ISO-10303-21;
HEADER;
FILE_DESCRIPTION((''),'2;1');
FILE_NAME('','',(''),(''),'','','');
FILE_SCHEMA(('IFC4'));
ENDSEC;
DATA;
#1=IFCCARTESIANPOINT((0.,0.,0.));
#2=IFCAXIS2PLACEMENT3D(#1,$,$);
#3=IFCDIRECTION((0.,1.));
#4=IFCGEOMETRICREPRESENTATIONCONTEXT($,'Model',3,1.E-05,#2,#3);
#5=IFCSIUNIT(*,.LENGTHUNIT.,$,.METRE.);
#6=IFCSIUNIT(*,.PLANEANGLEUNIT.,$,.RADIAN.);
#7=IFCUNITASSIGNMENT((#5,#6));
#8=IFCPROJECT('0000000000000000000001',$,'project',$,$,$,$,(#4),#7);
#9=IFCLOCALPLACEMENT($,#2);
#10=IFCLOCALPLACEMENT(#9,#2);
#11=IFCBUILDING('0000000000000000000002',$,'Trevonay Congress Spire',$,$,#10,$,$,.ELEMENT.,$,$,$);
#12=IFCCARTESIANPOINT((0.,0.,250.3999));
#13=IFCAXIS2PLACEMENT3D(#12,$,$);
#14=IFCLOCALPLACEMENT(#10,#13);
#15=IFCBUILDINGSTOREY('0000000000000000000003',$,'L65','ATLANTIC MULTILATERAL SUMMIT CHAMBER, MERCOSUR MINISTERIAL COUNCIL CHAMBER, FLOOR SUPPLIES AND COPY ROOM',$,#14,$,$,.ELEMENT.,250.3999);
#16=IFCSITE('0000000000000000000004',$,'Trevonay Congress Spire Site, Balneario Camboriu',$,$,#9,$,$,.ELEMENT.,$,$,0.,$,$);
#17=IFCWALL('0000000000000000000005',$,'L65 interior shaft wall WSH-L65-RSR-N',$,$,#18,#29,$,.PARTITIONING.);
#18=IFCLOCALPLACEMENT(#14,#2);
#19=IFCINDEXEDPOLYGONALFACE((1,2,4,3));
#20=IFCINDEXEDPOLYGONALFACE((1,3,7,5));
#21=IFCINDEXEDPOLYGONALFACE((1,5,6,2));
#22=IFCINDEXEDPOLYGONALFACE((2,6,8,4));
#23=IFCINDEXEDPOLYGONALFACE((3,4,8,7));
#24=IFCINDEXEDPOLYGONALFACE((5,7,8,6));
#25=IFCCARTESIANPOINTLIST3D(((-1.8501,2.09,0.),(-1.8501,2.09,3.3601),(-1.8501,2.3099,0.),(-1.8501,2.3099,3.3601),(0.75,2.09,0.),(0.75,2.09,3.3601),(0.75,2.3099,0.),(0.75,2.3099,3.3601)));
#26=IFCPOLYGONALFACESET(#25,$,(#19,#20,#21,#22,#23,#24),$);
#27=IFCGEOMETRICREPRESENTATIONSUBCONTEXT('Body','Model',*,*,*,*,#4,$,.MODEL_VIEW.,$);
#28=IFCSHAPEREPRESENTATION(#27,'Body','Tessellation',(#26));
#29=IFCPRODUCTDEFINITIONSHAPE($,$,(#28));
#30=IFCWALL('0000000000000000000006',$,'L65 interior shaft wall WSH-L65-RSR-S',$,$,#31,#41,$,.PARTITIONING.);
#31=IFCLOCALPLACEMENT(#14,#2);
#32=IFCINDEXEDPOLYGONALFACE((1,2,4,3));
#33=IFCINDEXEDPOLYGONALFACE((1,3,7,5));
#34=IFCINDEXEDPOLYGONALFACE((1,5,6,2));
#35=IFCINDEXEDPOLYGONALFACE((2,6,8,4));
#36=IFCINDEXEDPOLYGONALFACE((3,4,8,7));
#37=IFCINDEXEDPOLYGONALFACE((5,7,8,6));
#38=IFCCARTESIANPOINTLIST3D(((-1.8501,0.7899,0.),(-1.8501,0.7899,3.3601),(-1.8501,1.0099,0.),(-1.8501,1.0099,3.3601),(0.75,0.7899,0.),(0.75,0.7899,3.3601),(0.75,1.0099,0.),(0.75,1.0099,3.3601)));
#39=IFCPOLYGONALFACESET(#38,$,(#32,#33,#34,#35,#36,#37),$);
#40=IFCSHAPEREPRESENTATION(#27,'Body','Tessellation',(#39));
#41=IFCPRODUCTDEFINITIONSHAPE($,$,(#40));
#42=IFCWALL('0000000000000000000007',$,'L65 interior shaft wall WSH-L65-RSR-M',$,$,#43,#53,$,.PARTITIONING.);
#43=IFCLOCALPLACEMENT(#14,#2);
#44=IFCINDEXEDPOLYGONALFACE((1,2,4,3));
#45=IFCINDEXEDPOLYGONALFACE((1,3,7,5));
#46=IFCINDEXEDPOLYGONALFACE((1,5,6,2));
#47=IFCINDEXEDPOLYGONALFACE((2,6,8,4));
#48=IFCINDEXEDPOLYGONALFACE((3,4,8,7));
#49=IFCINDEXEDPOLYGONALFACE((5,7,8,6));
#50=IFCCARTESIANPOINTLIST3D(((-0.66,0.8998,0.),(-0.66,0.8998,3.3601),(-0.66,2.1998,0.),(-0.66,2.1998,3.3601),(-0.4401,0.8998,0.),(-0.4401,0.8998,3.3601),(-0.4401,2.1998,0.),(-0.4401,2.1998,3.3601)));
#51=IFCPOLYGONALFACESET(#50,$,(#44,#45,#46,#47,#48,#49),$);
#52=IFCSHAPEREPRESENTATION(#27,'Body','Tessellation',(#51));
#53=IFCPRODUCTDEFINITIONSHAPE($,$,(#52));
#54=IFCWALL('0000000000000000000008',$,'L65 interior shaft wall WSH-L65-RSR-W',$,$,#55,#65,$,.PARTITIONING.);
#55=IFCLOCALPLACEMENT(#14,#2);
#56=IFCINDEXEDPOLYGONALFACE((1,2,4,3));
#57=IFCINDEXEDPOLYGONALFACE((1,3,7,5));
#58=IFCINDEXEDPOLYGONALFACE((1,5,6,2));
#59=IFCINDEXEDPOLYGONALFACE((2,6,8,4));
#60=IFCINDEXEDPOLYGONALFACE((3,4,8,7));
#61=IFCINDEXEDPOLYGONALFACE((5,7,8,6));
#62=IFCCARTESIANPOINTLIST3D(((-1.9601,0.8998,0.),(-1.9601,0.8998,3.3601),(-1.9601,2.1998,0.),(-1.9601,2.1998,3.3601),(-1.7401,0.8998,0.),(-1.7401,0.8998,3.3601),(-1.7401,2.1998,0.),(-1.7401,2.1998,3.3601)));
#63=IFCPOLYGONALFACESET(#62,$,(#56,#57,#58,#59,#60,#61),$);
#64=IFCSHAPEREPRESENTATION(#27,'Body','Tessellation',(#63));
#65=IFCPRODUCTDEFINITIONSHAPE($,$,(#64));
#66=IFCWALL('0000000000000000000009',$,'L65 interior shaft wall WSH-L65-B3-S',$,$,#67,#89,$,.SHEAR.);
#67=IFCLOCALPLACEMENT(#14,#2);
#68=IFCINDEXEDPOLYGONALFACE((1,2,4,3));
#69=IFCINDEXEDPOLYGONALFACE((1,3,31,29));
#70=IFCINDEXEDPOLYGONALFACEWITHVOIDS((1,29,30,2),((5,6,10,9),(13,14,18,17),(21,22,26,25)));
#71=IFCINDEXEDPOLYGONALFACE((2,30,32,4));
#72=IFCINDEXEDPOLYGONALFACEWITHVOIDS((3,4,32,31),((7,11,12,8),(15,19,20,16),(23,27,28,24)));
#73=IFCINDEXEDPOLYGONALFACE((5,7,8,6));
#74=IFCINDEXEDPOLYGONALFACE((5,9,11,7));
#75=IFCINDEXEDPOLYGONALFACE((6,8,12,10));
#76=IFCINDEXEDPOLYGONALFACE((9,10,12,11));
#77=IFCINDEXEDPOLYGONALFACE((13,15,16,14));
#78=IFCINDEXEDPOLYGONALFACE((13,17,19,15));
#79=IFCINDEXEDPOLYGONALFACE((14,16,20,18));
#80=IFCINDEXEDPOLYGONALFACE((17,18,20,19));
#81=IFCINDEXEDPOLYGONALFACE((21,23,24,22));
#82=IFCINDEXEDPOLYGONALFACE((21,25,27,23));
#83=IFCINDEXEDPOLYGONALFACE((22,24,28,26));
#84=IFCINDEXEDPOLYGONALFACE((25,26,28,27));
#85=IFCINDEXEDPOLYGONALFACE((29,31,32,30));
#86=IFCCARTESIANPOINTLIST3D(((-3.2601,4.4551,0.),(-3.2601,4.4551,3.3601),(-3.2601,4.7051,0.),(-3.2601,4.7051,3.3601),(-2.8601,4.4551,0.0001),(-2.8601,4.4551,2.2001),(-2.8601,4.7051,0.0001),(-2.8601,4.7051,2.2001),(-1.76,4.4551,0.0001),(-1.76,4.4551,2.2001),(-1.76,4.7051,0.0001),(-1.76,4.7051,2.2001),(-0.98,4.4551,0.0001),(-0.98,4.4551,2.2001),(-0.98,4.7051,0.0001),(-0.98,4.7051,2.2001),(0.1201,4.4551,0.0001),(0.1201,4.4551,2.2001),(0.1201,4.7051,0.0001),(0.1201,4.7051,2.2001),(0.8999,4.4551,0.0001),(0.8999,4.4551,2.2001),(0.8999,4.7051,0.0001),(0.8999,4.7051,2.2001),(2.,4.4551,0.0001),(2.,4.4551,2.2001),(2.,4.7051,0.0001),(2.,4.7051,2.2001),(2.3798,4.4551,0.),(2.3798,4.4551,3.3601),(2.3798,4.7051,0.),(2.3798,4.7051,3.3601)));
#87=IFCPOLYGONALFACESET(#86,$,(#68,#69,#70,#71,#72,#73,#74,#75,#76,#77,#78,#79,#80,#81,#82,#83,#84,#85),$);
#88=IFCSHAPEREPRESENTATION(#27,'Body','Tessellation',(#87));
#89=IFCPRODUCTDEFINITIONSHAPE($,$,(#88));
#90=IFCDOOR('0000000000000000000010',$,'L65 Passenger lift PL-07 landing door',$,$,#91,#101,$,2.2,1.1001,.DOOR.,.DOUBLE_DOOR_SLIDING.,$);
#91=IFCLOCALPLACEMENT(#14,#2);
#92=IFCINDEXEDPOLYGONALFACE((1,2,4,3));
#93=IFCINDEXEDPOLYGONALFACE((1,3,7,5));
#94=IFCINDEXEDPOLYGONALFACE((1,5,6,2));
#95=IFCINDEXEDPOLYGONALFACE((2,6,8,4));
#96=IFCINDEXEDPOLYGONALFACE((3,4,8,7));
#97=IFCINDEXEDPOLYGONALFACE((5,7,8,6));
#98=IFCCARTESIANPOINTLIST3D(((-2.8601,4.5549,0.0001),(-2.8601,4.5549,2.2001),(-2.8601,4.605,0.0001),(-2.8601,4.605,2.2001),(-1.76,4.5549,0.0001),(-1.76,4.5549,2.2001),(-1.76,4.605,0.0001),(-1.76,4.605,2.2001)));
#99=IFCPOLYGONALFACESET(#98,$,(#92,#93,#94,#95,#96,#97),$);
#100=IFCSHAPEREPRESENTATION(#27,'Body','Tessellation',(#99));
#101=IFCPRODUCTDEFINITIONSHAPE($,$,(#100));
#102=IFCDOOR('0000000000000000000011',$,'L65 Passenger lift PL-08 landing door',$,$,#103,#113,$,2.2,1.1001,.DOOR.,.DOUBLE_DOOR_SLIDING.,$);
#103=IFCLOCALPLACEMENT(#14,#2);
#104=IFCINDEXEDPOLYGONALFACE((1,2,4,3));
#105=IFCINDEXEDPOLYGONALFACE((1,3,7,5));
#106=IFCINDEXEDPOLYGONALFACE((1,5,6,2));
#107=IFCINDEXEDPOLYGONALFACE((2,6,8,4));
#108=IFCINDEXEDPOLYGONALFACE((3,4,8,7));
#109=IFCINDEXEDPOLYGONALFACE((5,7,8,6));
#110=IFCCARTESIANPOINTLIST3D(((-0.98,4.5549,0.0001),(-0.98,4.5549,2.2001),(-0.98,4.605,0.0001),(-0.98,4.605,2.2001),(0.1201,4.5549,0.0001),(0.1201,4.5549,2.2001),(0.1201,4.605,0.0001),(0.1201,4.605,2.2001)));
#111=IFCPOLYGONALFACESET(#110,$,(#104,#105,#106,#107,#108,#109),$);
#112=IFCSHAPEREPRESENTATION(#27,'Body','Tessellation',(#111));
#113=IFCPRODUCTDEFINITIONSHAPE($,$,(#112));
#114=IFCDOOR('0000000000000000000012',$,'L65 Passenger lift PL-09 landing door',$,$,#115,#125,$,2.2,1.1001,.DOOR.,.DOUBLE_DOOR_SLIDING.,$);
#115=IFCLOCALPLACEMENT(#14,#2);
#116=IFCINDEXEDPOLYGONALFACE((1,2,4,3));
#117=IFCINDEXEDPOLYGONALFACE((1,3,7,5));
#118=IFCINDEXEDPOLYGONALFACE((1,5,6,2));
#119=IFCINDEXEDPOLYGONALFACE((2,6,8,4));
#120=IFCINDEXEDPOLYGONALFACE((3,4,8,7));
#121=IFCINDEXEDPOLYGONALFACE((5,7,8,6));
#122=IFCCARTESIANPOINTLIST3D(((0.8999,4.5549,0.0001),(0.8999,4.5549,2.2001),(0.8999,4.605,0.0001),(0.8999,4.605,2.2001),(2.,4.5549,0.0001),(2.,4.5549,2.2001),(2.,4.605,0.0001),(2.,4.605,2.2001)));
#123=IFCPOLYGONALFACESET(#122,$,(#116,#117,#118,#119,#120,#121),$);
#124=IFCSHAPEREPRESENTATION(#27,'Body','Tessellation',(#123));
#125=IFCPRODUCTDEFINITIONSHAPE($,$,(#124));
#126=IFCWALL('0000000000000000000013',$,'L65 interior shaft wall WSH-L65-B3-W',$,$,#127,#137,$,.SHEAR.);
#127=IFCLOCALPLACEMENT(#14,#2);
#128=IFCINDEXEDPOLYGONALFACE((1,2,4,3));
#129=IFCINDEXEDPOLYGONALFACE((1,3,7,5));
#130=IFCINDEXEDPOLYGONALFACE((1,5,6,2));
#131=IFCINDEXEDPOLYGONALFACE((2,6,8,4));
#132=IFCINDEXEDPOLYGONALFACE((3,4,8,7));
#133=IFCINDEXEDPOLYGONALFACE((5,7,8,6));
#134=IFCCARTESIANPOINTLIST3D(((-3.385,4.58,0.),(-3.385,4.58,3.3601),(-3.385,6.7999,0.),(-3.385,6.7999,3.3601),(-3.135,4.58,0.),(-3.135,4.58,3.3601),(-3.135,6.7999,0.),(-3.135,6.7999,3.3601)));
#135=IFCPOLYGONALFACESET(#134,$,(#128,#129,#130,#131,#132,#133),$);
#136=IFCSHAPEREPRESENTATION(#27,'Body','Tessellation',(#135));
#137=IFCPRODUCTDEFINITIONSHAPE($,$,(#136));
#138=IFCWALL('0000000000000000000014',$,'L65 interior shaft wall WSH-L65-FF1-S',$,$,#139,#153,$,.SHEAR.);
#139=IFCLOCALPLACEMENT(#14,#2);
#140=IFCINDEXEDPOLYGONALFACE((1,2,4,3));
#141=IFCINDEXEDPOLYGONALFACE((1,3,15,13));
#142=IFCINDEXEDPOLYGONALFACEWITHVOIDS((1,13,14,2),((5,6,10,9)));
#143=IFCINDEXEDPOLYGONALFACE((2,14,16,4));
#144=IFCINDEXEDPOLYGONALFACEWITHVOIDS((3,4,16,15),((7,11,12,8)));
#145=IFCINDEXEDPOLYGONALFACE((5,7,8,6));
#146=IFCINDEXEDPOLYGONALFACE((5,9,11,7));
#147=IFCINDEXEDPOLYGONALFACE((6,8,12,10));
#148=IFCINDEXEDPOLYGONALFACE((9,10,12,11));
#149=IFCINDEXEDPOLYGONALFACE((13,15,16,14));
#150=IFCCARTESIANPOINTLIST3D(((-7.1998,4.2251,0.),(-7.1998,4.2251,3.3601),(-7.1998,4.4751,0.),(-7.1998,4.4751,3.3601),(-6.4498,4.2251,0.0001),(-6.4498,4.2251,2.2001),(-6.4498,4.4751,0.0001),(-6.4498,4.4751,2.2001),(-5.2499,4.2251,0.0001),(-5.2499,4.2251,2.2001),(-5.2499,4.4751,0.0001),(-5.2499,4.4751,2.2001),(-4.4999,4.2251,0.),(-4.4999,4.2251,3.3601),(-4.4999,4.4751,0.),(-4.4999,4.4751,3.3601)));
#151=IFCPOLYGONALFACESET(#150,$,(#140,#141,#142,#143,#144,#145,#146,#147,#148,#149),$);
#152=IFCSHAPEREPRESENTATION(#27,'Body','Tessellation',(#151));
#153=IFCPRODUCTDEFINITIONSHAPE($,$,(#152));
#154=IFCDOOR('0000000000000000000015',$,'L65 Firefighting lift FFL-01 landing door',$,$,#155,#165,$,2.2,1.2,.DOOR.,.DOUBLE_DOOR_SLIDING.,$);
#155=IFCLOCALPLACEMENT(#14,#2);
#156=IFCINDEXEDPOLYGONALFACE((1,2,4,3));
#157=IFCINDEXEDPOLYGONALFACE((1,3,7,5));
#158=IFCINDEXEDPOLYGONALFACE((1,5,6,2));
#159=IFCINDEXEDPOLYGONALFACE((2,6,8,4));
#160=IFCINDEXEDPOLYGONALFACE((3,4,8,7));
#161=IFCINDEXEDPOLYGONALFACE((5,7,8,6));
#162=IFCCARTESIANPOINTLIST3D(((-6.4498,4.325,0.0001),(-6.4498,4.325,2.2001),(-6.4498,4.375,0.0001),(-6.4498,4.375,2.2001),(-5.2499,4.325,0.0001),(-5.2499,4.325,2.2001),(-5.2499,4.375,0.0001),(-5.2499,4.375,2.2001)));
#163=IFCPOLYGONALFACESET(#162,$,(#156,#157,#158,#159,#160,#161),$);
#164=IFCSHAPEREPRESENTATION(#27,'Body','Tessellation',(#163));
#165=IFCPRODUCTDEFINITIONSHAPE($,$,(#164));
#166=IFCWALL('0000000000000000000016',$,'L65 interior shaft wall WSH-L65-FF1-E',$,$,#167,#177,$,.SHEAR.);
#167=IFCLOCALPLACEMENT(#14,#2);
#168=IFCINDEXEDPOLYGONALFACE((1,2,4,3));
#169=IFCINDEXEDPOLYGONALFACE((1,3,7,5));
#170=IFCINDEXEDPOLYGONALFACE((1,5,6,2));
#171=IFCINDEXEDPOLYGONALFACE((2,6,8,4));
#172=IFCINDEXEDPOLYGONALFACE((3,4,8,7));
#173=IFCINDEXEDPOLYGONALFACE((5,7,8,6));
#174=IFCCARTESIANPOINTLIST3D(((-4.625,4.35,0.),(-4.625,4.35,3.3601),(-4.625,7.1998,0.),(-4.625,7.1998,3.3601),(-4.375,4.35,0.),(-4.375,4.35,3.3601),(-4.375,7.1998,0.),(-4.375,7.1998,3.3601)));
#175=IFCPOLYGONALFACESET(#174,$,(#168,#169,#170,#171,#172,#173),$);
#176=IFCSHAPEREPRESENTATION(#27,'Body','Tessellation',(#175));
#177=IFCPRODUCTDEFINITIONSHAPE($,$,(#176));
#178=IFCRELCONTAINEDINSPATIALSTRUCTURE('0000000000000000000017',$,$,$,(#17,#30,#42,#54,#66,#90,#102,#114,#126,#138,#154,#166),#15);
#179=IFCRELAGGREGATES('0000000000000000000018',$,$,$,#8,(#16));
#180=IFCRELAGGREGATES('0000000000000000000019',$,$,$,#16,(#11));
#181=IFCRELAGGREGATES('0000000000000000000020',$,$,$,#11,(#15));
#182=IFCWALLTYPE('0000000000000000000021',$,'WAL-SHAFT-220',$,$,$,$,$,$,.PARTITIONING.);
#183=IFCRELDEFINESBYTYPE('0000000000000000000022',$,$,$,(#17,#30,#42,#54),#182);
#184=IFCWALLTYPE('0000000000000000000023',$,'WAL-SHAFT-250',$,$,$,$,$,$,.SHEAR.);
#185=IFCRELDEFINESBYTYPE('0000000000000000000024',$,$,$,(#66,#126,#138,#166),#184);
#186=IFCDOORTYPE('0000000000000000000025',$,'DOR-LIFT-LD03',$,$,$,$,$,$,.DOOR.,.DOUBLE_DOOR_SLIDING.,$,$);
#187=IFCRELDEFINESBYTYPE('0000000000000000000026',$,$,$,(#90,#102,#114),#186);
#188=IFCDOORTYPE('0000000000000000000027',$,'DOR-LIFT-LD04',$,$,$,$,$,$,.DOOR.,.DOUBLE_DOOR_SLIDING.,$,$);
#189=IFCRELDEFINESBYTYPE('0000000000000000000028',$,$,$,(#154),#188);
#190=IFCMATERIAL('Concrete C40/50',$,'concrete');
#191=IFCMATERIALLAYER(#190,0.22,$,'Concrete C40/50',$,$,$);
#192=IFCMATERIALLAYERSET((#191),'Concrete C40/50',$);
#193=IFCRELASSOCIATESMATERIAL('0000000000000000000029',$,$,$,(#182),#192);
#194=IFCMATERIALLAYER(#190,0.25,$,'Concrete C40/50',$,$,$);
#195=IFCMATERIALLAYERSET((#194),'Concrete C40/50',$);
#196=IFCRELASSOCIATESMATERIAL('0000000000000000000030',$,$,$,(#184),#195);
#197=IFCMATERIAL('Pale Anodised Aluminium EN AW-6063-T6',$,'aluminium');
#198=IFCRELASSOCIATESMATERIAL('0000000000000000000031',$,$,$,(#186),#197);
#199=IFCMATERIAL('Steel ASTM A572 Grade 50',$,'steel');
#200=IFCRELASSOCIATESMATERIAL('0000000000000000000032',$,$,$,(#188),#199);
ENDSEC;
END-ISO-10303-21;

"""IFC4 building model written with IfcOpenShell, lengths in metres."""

from ifc_helpers import new_model, si_unit, direction, frame, frame_2d, origin, place, context, subcontext, project, spatial, rectangle, extrude, material, layer, layer_set, type_object, element, fill, save


model = new_model("IFC4")

# Units and contexts
model_context = context("Model", 3, precision=1e-05, world=origin(), true_north=direction((0.0, 1.0)))
body_context = subcontext(model_context, "Body", "Model", "MODEL_VIEW")
ifc_project = project(units=[si_unit("LENGTHUNIT", "METRE"), si_unit("PLANEANGLEUNIT", "RADIAN")], contexts=[model_context])

# Site, building, storey
site_placement = place(None, origin())
site = spatial("IfcSite", under=ifc_project, at=site_placement, Name="Trevonay Congress Spire Site, Balneario Camboriu", CompositionType="ELEMENT", RefElevation=0.0)
building_placement = place(site_placement, origin())
building = spatial("IfcBuilding", under=site, at=building_placement, Name="Trevonay Congress Spire", CompositionType="ELEMENT")
storey_placement = place(building_placement, frame((0.0, 0.0, 250.3999)))
storey = spatial("IfcBuildingStorey", under=building, at=storey_placement, Name="L65", Description="ATLANTIC MULTILATERAL SUMMIT CHAMBER, MERCOSUR MINISTERIAL COUNCIL CHAMBER, FLOOR SUPPLIES AND COPY ROOM", CompositionType="ELEMENT", Elevation=250.3999)

# Shared definitions
ifc_material_1 = material(Name="Steel ASTM A572 Grade 50", Category="steel")

# Shared definitions
ifc_material_2 = material(Name="Concrete C40/50", Category="concrete")

# Walls
ifc_layer_1 = layer(ifc_material_2, 0.22, Name="Concrete C40/50")
ifc_layer_set_1 = layer_set([ifc_layer_1], Name="Concrete C40/50")
wall_type_1 = type_object("IfcWallType", Name="WAL-SHAFT-220", PredefinedType="PARTITIONING", material=ifc_layer_set_1)
for number, where, z_axis, x_axis, name in (
    (1, (-1.8501, 2.2, 0.0), (0.0, 0.0, 1.0), (1.0, 0.0, 0.0), "L65 interior shaft wall WSH-L65-RSR-N"),
    (2, (-1.8501, 0.8999, 0.0), (0.0, 0.0, 1.0), (1.0, 0.0, 0.0), "L65 interior shaft wall WSH-L65-RSR-S"),
):
    element("IfcWall", number, at=place(storey_placement, frame(where, z_axis=z_axis, x_axis=x_axis)), inside=storey, type_object=wall_type_1, Name=name, PredefinedType="PARTITIONING", context=body_context, shape_type="SweptSolid", body=[
        extrude(rectangle(XDim=2.6001, YDim=0.22, at=frame_2d((1.3, 0.0))), origin(), (0.0, 0.0, 1.0), 3.3601),
    ])
for number, where, z_axis, x_axis, name in (
    (3, (-0.55, 0.8999, 0.0), (0.0, 0.0, 1.0), (0.0, 1.0, 0.0), "L65 interior shaft wall WSH-L65-RSR-M"),
    (4, (-1.8501, 0.8999, 0.0), (0.0, 0.0, 1.0), (0.0, 1.0, 0.0), "L65 interior shaft wall WSH-L65-RSR-W"),
):
    element("IfcWall", number, at=place(storey_placement, frame(where, z_axis=z_axis, x_axis=x_axis)), inside=storey, type_object=wall_type_1, Name=name, PredefinedType="PARTITIONING", context=body_context, shape_type="SweptSolid", body=[
        extrude(rectangle(XDim=1.3, YDim=0.22, at=frame_2d((0.6499, 0.0))), origin(), (0.0, 0.0, 1.0), 3.3601),
    ])

# Wall, openings, doors
ifc_layer_2 = layer(ifc_material_2, 0.25, Name="Concrete C40/50")
ifc_layer_set_2 = layer_set([ifc_layer_2], Name="Concrete C40/50")
wall_type_2 = type_object("IfcWallType", Name="WAL-SHAFT-250", PredefinedType="SHEAR", material=ifc_layer_set_2)
wall_1_placement = place(storey_placement, frame((-3.26, 4.5801, 0.0), z_axis=(0.0, 0.0, 1.0), x_axis=(1.0, 0.0, 0.0)))
wall_1 = element("IfcWall", 5, at=wall_1_placement, inside=storey, type_object=wall_type_2, Name="L65 interior shaft wall WSH-L65-B3-S", PredefinedType="SHEAR", context=body_context, shape_type="SweptSolid", body=[
    extrude(rectangle(XDim=5.6399, YDim=0.25, at=frame_2d((2.8198, 0.0))), origin(), (0.0, 0.0, 1.0), 3.3601),
])
opening_1_placement = place(wall_1_placement, frame((0.3999, 0.0, 0.0)))
opening_1 = element("IfcOpeningElement", 6, at=opening_1_placement, cuts=wall_1, PredefinedType="OPENING", context=body_context, shape_type="SweptSolid", body=[
    extrude(rectangle(XDim=1.1001, YDim=2.2, at=frame_2d((0.55, 1.1001))), frame((0.0, 0.135, 0.0), z_axis=(0.0, -1.0, 0.0), x_axis=(1.0, 0.0, 0.0)), (0.0, 0.0, 1.0), 0.27),
])
opening_2_placement = place(wall_1_placement, frame((2.28, 0.0, 0.0)))
opening_2 = element("IfcOpeningElement", 7, at=opening_2_placement, cuts=wall_1, PredefinedType="OPENING", context=body_context, shape_type="SweptSolid", body=[
    extrude(rectangle(XDim=1.1001, YDim=2.2, at=frame_2d((0.55, 1.1001))), frame((0.0, 0.135, 0.0), z_axis=(0.0, -1.0, 0.0), x_axis=(1.0, 0.0, 0.0)), (0.0, 0.0, 1.0), 0.27),
])
opening_3_placement = place(wall_1_placement, frame((4.1599, 0.0, 0.0)))
opening_3 = element("IfcOpeningElement", 8, at=opening_3_placement, cuts=wall_1, PredefinedType="OPENING", context=body_context, shape_type="SweptSolid", body=[
    extrude(rectangle(XDim=1.1001, YDim=2.2, at=frame_2d((0.55, 1.1001))), frame((0.0, 0.135, 0.0), z_axis=(0.0, -1.0, 0.0), x_axis=(1.0, 0.0, 0.0)), (0.0, 0.0, 1.0), 0.27),
])
ifc_material_3 = material(Name="Pale Anodised Aluminium EN AW-6063-T6", Category="aluminium")
door_type_1 = type_object("IfcDoorType", Name="DOR-LIFT-LD03", OperationType="DOUBLE_DOOR_SLIDING", PredefinedType="DOOR", material=ifc_material_3)
door_1_placement = place(opening_1_placement, origin())
door_1 = element("IfcDoor", 9, at=door_1_placement, inside=storey, type_object=door_type_1, Name="L65 Passenger lift PL-07 landing door", OperationType="DOUBLE_DOOR_SLIDING", OverallHeight=2.2, OverallWidth=1.1001, PredefinedType="DOOR", context=body_context, shape_type="SweptSolid", body=[
    extrude(rectangle(XDim=1.1001, YDim=2.2, at=frame_2d((0.55, 1.1001))), frame((0.0, 0.0249, 0.0), z_axis=(0.0, -1.0, 0.0), x_axis=(1.0, 0.0, 0.0)), (0.0, 0.0, 1.0), 0.05),
])
fill(opening_1, door_1)
door_2_placement = place(opening_2_placement, origin())
door_2 = element("IfcDoor", 10, at=door_2_placement, inside=storey, type_object=door_type_1, Name="L65 Passenger lift PL-08 landing door", OperationType="DOUBLE_DOOR_SLIDING", OverallHeight=2.2, OverallWidth=1.1001, PredefinedType="DOOR", context=body_context, shape_type="SweptSolid", body=[
    extrude(rectangle(XDim=1.1001, YDim=2.2, at=frame_2d((0.55, 1.1001))), frame((0.0, 0.0249, 0.0), z_axis=(0.0, -1.0, 0.0), x_axis=(1.0, 0.0, 0.0)), (0.0, 0.0, 1.0), 0.05),
])
fill(opening_2, door_2)
door_3_placement = place(opening_3_placement, origin())
door_3 = element("IfcDoor", 11, at=door_3_placement, inside=storey, type_object=door_type_1, Name="L65 Passenger lift PL-09 landing door", OperationType="DOUBLE_DOOR_SLIDING", OverallHeight=2.2, OverallWidth=1.1001, PredefinedType="DOOR", context=body_context, shape_type="SweptSolid", body=[
    extrude(rectangle(XDim=1.1001, YDim=2.2, at=frame_2d((0.55, 1.1001))), frame((0.0, 0.0249, 0.0), z_axis=(0.0, -1.0, 0.0), x_axis=(1.0, 0.0, 0.0)), (0.0, 0.0, 1.0), 0.05),
])
fill(opening_3, door_3)

# Wall
wall_2_placement = place(storey_placement, frame((-3.26, 4.5801, 0.0), z_axis=(0.0, 0.0, 1.0), x_axis=(0.0, 1.0, 0.0)))
element("IfcWall", 12, at=wall_2_placement, inside=storey, type_object=wall_type_2, Name="L65 interior shaft wall WSH-L65-B3-W", PredefinedType="SHEAR", context=body_context, shape_type="SweptSolid", body=[
    extrude(rectangle(XDim=2.22, YDim=0.25, at=frame_2d((1.1099, 0.0))), origin(), (0.0, 0.0, 1.0), 3.3601),
])

# Wall, opening, door
wall_3_placement = place(storey_placement, frame((-7.2, 4.3501, 0.0), z_axis=(0.0, 0.0, 1.0), x_axis=(1.0, 0.0, 0.0)))
wall_3 = element("IfcWall", 13, at=wall_3_placement, inside=storey, type_object=wall_type_2, Name="L65 interior shaft wall WSH-L65-FF1-S", PredefinedType="SHEAR", context=body_context, shape_type="SweptSolid", body=[
    extrude(rectangle(XDim=2.7, YDim=0.25, at=frame_2d((1.3501, 0.0))), origin(), (0.0, 0.0, 1.0), 3.3601),
])
opening_4_placement = place(wall_3_placement, frame((0.75, 0.0, 0.0)))
opening_4 = element("IfcOpeningElement", 14, at=opening_4_placement, cuts=wall_3, PredefinedType="OPENING", context=body_context, shape_type="SweptSolid", body=[
    extrude(rectangle(XDim=1.2, YDim=2.2, at=frame_2d((0.6001, 1.1001))), frame((0.0, 0.135, 0.0), z_axis=(0.0, -1.0, 0.0), x_axis=(1.0, 0.0, 0.0)), (0.0, 0.0, 1.0), 0.27),
])
door_type_2 = type_object("IfcDoorType", Name="DOR-LIFT-LD04", OperationType="DOUBLE_DOOR_SLIDING", PredefinedType="DOOR", material=ifc_material_1)
door_4_placement = place(opening_4_placement, origin())
door_4 = element("IfcDoor", 15, at=door_4_placement, inside=storey, type_object=door_type_2, Name="L65 Firefighting lift FFL-01 landing door", OperationType="DOUBLE_DOOR_SLIDING", OverallHeight=2.2, OverallWidth=1.2, PredefinedType="DOOR", context=body_context, shape_type="SweptSolid", body=[
    extrude(rectangle(XDim=1.2, YDim=2.2, at=frame_2d((0.6001, 1.1001))), frame((0.0, 0.0249, 0.0), z_axis=(0.0, -1.0, 0.0), x_axis=(1.0, 0.0, 0.0)), (0.0, 0.0, 1.0), 0.05),
])
fill(opening_4, door_4)

# Wall
wall_4_placement = place(storey_placement, frame((-4.5, 4.3501, 0.0), z_axis=(0.0, 0.0, 1.0), x_axis=(0.0, 1.0, 0.0)))
element("IfcWall", 16, at=wall_4_placement, inside=storey, type_object=wall_type_2, Name="L65 interior shaft wall WSH-L65-FF1-E", PredefinedType="SHEAR", context=body_context, shape_type="SweptSolid", body=[
    extrude(rectangle(XDim=2.8499, YDim=0.25, at=frame_2d((1.4248, 0.0))), origin(), (0.0, 0.0, 1.0), 3.3601),
])

save(model, "model.ifc")
